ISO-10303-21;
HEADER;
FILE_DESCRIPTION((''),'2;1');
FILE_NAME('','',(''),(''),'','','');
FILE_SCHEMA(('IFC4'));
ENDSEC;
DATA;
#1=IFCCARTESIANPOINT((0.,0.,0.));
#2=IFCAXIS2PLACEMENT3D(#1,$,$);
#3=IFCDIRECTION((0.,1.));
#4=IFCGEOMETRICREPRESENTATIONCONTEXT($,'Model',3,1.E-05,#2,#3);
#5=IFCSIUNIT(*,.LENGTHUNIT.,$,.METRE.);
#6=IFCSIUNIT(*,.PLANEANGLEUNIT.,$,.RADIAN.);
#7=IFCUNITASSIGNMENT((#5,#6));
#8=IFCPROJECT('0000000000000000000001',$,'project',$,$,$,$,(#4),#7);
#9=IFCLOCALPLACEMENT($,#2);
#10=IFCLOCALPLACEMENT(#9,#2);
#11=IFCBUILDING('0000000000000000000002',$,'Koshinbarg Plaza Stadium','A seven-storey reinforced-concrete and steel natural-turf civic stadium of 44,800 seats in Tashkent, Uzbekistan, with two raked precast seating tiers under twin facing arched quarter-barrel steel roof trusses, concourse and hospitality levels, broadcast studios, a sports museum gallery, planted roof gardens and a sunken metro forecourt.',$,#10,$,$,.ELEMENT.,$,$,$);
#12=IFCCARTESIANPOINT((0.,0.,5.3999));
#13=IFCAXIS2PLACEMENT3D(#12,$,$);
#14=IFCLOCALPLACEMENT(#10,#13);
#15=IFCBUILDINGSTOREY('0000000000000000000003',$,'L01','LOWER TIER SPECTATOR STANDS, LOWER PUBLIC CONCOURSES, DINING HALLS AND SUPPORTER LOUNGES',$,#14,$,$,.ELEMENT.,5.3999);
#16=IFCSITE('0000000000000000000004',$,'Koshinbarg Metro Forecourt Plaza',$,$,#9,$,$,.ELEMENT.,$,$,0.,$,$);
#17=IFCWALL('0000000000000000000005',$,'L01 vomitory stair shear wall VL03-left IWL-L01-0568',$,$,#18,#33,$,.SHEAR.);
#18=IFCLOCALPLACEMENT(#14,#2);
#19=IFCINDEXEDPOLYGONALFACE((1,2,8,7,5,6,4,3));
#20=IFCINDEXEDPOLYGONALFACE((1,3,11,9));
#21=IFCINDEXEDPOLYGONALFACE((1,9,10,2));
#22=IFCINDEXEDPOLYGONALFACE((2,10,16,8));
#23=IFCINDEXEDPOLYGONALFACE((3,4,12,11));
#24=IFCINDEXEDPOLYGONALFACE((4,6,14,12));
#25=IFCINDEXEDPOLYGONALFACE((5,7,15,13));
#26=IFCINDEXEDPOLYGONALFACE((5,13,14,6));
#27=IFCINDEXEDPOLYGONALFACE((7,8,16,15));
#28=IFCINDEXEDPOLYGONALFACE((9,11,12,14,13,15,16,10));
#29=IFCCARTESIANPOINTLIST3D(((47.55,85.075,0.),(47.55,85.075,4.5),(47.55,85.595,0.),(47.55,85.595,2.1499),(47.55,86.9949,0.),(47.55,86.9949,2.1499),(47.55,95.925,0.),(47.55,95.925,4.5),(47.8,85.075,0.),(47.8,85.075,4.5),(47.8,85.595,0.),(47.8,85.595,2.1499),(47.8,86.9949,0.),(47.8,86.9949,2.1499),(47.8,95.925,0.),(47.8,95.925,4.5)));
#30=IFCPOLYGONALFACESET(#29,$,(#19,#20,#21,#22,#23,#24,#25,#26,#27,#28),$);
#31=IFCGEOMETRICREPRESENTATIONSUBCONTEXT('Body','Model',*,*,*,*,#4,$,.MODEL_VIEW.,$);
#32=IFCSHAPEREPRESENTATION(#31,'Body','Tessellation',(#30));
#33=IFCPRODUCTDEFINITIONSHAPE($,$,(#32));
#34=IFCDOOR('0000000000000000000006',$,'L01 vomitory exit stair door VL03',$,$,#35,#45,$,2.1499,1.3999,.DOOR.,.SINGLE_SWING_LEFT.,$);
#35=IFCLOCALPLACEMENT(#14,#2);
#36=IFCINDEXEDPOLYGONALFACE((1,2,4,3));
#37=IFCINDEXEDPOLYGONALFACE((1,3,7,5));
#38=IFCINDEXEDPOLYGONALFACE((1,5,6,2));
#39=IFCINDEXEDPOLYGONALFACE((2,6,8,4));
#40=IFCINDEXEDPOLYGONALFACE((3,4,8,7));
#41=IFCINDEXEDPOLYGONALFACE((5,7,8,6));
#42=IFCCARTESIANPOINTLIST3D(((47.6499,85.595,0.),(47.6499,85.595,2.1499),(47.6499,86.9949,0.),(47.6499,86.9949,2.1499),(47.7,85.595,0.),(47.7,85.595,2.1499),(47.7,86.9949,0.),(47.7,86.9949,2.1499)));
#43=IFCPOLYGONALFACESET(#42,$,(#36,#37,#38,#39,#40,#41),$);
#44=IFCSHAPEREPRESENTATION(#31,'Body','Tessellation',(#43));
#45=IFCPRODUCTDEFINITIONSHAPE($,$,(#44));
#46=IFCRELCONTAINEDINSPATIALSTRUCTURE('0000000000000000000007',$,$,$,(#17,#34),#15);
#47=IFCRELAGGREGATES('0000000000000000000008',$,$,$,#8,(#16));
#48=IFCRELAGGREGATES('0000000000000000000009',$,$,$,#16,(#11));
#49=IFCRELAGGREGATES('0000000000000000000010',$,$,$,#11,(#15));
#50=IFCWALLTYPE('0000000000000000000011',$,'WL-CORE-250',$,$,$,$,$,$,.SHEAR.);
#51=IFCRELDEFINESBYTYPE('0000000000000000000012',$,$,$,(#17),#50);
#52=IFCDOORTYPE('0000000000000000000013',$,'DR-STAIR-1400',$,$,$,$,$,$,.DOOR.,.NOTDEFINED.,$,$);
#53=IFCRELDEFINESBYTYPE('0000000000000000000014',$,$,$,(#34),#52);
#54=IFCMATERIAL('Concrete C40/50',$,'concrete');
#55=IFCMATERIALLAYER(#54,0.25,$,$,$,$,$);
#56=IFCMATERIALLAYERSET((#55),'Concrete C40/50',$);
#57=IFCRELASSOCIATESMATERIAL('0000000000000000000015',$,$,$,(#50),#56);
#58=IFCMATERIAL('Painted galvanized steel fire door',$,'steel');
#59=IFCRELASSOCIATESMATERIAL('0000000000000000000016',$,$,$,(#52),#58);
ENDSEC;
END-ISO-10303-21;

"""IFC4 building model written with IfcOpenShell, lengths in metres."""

from ifc_helpers import new_model, si_unit, direction, frame, frame_2d, origin, place, context, subcontext, project, spatial, rectangle, extrude, material, layer, layer_set, type_object, element, fill, save


model = new_model("IFC4")

# Units and contexts
model_context = context("Model", 3, precision=1e-05, world=origin(), true_north=direction((0.0, 1.0)))
body_context = subcontext(model_context, "Body", "Model", "MODEL_VIEW")
ifc_project = project(units=[si_unit("LENGTHUNIT", "METRE"), si_unit("PLANEANGLEUNIT", "RADIAN")], contexts=[model_context])

# Site, building, storey
site_placement = place(None, origin())
site = spatial("IfcSite", under=ifc_project, at=site_placement, Name="Koshinbarg Metro Forecourt Plaza", CompositionType="ELEMENT", RefElevation=0.0)
building_placement = place(site_placement, origin())
building = spatial("IfcBuilding", under=site, at=building_placement, Name="Koshinbarg Plaza Stadium", Description="A seven-storey reinforced-concrete and steel natural-turf civic stadium of 44,800 seats in Tashkent, Uzbekistan, with two raked precast seating tiers under twin facing arched quarter-barrel steel roof trusses, concourse and hospitality levels, broadcast studios, a sports museum gallery, planted roof gardens and a sunken metro forecourt.", CompositionType="ELEMENT")
storey_placement = place(building_placement, frame((0.0, 0.0, 5.3999)))
storey = spatial("IfcBuildingStorey", under=building, at=storey_placement, Name="L01", Description="LOWER TIER SPECTATOR STANDS, LOWER PUBLIC CONCOURSES, DINING HALLS AND SUPPORTER LOUNGES", CompositionType="ELEMENT", Elevation=5.3999)

# Shared definitions
ifc_material_1 = material(Name="Concrete C40/50", Category="concrete")

# Shared definitions
ifc_layer = layer(ifc_material_1, 0.25)
ifc_layer_set = layer_set([ifc_layer], Name="Concrete C40/50")
wall_type = type_object("IfcWallType", Name="WL-CORE-250", PredefinedType="SHEAR", material=ifc_layer_set)

# Wall, opening, door
wall_placement = place(storey_placement, frame((47.675, 85.075, 0.0), z_axis=(0.0, 0.0, 1.0), x_axis=(0.0, 1.0, 0.0)))
wall = element("IfcWall", 1, at=wall_placement, inside=storey, type_object=wall_type, Name="L01 vomitory stair shear wall VL03-left IWL-L01-0568", PredefinedType="SHEAR", context=body_context, shape_type="SweptSolid", body=[
    extrude(rectangle(XDim=10.8501, YDim=0.25, at=frame_2d((5.425, 0.0))), origin(), (0.0, 0.0, 1.0), 4.5),
])
opening_placement = place(wall_placement, frame((0.52, 0.0, 0.0)))
opening = element("IfcOpeningElement", 2, at=opening_placement, cuts=wall, PredefinedType="OPENING", context=body_context, shape_type="SweptSolid", body=[
    extrude(rectangle(XDim=1.3999, YDim=2.1499, at=frame_2d((0.7, 1.075))), frame((0.0, 0.135, 0.0), z_axis=(0.0, -1.0, 0.0), x_axis=(1.0, 0.0, 0.0)), (0.0, 0.0, 1.0), 0.27),
])
ifc_material_2 = material(Name="Painted galvanized steel fire door", Category="steel")
door_type = type_object("IfcDoorType", Name="DR-STAIR-1400", OperationType="NOTDEFINED", PredefinedType="DOOR", material=ifc_material_2)
door_placement = place(opening_placement, frame((1.3999, 0.0, 0.0), z_axis=(0.0, 0.0, 1.0), x_axis=(-1.0, 0.0, 0.0)))
door = element("IfcDoor", 3, at=door_placement, inside=storey, type_object=door_type, Name="L01 vomitory exit stair door VL03", OperationType="SINGLE_SWING_LEFT", OverallHeight=2.1499, OverallWidth=1.3999, PredefinedType="DOOR", context=body_context, shape_type="SweptSolid", body=[
    extrude(rectangle(XDim=1.3999, YDim=2.1499, at=frame_2d((0.7, 1.075))), frame((0.0, 0.0249, 0.0), z_axis=(0.0, -1.0, 0.0), x_axis=(1.0, 0.0, 0.0)), (0.0, 0.0, 1.0), 0.05),
])
fill(opening, door)

save(model, "model.ifc")
